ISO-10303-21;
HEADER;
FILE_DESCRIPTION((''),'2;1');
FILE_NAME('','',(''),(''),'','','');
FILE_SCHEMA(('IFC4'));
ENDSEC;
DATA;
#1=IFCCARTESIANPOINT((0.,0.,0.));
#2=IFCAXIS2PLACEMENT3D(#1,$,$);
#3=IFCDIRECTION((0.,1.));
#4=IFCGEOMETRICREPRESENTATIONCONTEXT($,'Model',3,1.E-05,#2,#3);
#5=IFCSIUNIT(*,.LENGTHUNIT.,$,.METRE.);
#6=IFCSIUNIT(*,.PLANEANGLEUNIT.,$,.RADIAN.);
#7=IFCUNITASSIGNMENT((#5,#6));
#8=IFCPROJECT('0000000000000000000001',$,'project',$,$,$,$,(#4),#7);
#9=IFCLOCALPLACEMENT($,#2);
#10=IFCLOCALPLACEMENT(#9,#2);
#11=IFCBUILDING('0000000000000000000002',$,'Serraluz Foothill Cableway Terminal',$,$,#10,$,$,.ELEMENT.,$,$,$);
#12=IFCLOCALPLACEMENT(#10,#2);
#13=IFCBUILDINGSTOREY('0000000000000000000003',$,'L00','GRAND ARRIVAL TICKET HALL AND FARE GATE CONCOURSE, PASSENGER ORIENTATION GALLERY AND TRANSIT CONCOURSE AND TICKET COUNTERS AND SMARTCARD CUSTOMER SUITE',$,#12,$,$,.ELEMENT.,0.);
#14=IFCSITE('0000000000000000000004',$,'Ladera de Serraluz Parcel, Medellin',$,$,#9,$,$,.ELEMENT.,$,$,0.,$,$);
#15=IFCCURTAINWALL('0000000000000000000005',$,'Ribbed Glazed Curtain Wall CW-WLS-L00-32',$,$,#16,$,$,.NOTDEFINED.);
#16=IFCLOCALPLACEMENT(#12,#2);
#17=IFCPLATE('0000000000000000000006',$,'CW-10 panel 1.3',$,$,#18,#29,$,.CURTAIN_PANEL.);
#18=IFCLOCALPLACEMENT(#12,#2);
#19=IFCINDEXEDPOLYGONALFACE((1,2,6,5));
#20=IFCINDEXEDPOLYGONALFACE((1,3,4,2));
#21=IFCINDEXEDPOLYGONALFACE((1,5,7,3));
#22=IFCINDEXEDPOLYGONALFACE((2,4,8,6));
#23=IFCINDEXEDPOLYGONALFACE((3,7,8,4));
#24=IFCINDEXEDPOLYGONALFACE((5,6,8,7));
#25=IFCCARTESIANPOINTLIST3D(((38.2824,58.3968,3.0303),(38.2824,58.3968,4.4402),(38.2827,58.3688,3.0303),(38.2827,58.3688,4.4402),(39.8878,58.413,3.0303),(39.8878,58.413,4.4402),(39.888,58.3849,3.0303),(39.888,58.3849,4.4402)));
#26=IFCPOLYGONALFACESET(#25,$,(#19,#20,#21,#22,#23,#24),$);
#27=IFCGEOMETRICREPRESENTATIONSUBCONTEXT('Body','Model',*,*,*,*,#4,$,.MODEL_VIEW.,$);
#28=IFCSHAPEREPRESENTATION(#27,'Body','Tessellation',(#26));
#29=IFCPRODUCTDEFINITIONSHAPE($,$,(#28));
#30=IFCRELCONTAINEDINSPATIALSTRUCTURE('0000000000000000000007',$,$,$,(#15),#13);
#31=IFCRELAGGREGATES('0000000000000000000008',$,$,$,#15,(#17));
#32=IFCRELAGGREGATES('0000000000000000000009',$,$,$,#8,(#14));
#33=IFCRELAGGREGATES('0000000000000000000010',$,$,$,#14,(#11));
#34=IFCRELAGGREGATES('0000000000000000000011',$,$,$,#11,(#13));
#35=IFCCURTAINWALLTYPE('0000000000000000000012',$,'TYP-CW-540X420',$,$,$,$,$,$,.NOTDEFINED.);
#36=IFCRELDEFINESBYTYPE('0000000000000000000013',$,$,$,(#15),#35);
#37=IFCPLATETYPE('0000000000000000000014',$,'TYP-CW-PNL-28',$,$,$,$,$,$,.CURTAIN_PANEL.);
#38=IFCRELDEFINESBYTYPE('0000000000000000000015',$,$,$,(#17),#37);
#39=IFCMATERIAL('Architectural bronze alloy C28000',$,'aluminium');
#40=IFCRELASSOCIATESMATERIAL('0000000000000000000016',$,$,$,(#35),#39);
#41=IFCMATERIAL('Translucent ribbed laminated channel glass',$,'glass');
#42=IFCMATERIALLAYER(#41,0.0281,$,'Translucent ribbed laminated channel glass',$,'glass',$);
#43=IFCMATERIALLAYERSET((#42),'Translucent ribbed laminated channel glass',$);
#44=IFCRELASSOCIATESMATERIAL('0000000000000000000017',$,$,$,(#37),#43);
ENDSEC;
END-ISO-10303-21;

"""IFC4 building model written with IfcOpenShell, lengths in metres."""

from ifc_helpers import new_model, si_unit, direction, frame, origin, origin_2d, place, context, subcontext, project, spatial, rectangle, extrude, material, layer, layer_set, type_object, element, aggregate, save


model = new_model("IFC4")

# Units and contexts
model_context = context("Model", 3, precision=1e-05, world=origin(), true_north=direction((0.0, 1.0)))
body_context = subcontext(model_context, "Body", "Model", "MODEL_VIEW")
ifc_project = project(units=[si_unit("LENGTHUNIT", "METRE"), si_unit("PLANEANGLEUNIT", "RADIAN")], contexts=[model_context])

# Site, building, storey
site_placement = place(None, origin())
site = spatial("IfcSite", under=ifc_project, at=site_placement, Name="Ladera de Serraluz Parcel, Medellin", CompositionType="ELEMENT", RefElevation=0.0)
building_placement = place(site_placement, origin())
building = spatial("IfcBuilding", under=site, at=building_placement, Name="Serraluz Foothill Cableway Terminal", CompositionType="ELEMENT")
storey_placement = place(building_placement, origin())
storey = spatial("IfcBuildingStorey", under=building, at=storey_placement, Name="L00", Description="GRAND ARRIVAL TICKET HALL AND FARE GATE CONCOURSE, PASSENGER ORIENTATION GALLERY AND TRANSIT CONCOURSE AND TICKET COUNTERS AND SMARTCARD CUSTOMER SUITE", CompositionType="ELEMENT", Elevation=0.0)

# Curtain wall
ifc_material_1 = material(Name="Architectural bronze alloy C28000", Category="aluminium")
curtain_wall_type = type_object("IfcCurtainWallType", Name="TYP-CW-540X420", PredefinedType="NOTDEFINED", material=ifc_material_1)
curtain_wall_placement = place(storey_placement, origin())
curtain_wall = element("IfcCurtainWall", 1, at=curtain_wall_placement, inside=storey, type_object=curtain_wall_type, Name="Ribbed Glazed Curtain Wall CW-WLS-L00-32", PredefinedType="NOTDEFINED")

# Plate
ifc_material_2 = material(Name="Translucent ribbed laminated channel glass", Category="glass")
ifc_layer_1 = layer(ifc_material_2, 0.0281, Name="Translucent ribbed laminated channel glass", Category="glass")
ifc_layer_set_1 = layer_set([ifc_layer_1], Name="Translucent ribbed laminated channel glass")
plate_type = type_object("IfcPlateType", Name="TYP-CW-PNL-28", PredefinedType="CURTAIN_PANEL", material=ifc_layer_set_1)
plate_1_placement = place(storey_placement, frame((39.0852, 58.3909, 3.0303), z_axis=(0.0, 0.0, 1.0), x_axis=(-0.999949, -0.010066, 0.0)))
plate_1 = element("IfcPlate", 2, at=plate_1_placement, type_object=plate_type, Name="CW-10 panel 1.3", PredefinedType="CURTAIN_PANEL", context=body_context, shape_type="SweptSolid", body=[
    extrude(rectangle(XDim=1.6055, YDim=0.0281, at=origin_2d()), origin(), (0.0, 0.0, 1.0), 1.4099),
])
aggregate(curtain_wall, [plate_1])

save(model, "model.ifc")
